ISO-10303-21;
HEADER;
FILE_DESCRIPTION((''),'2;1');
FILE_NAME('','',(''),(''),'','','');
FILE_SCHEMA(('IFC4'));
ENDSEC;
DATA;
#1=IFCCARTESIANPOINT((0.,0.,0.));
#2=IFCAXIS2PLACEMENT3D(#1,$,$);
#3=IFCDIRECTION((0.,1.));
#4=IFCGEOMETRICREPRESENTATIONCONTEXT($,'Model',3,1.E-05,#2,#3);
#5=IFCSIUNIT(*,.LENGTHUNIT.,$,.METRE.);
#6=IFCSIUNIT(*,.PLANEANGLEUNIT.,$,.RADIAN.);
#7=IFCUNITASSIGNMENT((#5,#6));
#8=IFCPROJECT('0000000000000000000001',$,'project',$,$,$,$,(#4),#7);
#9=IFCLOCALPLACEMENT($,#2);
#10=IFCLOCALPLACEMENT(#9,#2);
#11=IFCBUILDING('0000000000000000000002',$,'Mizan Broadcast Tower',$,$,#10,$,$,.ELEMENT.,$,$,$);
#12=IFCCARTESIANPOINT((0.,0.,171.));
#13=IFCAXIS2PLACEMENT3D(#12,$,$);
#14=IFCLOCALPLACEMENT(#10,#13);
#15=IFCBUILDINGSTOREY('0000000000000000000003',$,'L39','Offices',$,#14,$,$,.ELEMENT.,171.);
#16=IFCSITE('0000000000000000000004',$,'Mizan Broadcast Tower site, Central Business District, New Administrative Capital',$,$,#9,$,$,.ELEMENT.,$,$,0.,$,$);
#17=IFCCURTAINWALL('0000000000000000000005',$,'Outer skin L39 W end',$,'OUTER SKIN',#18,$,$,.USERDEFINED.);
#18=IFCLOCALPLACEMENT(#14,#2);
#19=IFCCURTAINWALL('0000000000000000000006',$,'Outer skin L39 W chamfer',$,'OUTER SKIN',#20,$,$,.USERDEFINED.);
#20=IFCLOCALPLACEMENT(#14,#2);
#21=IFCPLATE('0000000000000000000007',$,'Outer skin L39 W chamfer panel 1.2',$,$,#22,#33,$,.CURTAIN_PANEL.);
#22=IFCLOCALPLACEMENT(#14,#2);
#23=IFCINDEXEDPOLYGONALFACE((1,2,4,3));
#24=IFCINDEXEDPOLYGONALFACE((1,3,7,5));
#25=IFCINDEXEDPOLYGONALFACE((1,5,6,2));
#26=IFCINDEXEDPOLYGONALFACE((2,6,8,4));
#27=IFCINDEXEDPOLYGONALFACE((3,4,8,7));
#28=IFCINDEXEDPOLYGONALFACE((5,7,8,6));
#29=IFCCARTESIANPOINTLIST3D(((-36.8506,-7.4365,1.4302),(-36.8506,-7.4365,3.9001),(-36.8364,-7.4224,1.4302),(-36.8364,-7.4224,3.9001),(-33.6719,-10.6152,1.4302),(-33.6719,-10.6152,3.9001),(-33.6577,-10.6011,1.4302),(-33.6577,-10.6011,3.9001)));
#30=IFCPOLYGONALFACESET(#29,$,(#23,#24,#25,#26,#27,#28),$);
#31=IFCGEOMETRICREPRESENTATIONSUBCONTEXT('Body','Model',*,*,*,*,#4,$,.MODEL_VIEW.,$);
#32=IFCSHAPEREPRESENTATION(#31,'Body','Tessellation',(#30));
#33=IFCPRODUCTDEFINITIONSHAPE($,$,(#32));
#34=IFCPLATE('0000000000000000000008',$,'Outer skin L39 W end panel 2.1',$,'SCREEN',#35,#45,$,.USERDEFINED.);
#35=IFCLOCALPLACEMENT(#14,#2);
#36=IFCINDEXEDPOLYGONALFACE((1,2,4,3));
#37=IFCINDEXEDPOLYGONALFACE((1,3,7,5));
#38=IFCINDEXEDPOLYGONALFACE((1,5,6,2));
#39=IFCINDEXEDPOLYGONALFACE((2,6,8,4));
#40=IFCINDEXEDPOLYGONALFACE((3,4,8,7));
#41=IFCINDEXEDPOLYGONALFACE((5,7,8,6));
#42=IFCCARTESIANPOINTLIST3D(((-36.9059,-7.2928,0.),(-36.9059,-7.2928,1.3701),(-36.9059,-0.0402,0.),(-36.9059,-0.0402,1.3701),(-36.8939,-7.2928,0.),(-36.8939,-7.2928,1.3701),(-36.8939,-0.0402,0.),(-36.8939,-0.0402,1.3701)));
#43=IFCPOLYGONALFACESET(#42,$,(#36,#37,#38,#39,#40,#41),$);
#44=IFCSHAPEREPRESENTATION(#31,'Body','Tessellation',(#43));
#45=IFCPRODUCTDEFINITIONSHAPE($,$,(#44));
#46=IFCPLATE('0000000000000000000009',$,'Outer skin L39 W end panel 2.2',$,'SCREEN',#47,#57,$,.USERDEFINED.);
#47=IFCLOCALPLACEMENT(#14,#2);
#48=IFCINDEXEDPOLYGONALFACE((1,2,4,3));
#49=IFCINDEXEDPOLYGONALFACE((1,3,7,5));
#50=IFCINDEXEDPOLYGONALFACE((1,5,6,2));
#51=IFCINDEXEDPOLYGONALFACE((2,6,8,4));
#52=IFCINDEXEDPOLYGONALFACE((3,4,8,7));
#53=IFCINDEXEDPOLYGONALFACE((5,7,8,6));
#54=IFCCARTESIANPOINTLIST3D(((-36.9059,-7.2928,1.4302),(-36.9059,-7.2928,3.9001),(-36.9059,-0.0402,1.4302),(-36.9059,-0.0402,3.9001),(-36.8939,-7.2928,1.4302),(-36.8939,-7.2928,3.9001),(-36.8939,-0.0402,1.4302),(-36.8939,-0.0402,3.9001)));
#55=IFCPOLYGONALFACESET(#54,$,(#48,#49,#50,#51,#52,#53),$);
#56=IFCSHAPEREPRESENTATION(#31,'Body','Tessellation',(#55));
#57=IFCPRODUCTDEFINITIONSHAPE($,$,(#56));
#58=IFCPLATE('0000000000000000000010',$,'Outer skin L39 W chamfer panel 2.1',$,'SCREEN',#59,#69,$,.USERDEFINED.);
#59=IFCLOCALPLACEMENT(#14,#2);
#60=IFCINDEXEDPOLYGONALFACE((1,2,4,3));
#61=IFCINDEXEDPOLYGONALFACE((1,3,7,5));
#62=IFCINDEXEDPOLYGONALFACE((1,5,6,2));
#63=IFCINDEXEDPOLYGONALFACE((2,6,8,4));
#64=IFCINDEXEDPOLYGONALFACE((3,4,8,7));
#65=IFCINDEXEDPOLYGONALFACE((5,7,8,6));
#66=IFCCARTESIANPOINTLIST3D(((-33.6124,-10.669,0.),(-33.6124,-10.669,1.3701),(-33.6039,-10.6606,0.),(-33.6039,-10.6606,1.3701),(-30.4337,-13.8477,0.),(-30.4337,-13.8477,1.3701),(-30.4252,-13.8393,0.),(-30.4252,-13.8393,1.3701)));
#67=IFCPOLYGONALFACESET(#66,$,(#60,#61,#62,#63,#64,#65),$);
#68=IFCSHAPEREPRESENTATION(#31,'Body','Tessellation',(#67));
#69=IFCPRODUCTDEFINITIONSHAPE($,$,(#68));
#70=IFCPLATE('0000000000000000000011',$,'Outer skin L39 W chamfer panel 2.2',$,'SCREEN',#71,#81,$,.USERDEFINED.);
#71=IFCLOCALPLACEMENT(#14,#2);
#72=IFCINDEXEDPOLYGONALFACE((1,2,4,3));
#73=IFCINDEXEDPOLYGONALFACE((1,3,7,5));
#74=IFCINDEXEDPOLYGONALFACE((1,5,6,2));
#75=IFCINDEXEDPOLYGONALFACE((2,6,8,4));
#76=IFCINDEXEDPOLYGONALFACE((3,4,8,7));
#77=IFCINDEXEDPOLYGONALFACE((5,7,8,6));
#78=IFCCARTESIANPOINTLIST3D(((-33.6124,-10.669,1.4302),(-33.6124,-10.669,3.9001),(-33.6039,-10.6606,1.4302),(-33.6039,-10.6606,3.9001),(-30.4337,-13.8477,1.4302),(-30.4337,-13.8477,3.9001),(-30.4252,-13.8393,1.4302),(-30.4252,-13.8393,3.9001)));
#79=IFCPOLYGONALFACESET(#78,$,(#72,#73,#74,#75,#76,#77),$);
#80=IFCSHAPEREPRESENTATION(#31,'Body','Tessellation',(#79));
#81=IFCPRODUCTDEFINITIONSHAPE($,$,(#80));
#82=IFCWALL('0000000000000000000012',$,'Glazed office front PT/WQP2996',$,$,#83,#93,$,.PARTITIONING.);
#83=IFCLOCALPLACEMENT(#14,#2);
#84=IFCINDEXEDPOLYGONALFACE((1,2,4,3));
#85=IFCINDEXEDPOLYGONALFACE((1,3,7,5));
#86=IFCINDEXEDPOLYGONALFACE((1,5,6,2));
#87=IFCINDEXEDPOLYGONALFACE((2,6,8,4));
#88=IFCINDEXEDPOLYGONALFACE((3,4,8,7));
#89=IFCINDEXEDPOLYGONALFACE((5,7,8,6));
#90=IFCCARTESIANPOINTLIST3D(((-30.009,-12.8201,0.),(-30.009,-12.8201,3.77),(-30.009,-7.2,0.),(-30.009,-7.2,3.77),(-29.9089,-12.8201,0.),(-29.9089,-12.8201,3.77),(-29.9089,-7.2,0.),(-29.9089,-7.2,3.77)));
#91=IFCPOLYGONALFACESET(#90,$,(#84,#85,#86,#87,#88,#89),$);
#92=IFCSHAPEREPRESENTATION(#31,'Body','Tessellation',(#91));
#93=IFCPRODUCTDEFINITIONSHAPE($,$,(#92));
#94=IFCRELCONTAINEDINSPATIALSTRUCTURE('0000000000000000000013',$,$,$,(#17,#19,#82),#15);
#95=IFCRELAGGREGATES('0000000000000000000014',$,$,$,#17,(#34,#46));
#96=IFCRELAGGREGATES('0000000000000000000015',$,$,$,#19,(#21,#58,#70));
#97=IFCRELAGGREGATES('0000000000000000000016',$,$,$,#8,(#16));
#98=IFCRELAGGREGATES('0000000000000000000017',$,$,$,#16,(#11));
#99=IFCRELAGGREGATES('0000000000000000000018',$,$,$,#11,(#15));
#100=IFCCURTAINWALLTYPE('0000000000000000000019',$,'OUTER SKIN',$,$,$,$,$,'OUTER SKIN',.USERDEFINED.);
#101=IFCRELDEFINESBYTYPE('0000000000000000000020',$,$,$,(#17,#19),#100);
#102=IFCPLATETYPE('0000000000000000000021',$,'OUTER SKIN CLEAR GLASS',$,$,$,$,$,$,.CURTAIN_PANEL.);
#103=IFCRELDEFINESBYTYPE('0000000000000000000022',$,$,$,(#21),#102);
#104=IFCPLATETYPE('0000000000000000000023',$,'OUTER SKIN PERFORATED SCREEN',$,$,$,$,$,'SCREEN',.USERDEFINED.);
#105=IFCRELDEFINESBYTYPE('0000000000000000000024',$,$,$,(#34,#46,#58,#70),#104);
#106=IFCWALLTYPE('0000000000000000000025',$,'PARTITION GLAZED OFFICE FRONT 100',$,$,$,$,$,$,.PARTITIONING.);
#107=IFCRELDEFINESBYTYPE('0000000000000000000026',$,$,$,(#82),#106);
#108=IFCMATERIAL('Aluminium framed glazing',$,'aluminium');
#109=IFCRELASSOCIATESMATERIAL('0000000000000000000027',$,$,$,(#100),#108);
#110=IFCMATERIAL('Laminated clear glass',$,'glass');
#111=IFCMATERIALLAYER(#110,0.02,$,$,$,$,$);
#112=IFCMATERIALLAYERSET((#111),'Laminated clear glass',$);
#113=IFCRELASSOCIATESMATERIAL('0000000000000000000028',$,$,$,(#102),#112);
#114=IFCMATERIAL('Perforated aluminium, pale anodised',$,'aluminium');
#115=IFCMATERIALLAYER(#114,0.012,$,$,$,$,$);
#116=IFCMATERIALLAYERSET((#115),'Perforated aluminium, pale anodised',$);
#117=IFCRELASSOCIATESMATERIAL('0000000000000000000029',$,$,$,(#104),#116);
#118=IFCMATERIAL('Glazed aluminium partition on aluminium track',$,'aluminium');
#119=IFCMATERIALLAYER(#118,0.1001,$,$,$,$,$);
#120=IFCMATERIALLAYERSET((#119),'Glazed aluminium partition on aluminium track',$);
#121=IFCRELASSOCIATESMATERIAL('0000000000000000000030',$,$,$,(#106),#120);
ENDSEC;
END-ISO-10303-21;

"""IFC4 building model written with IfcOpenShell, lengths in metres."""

from ifc_helpers import new_model, si_unit, direction, frame, frame_2d, origin, origin_2d, place, context, subcontext, project, spatial, rectangle, extrude, material, layer, layer_set, type_object, element, aggregate, save


model = new_model("IFC4")

# Units and contexts
model_context = context("Model", 3, precision=1e-05, world=origin(), true_north=direction((0.0, 1.0)))
body_context = subcontext(model_context, "Body", "Model", "MODEL_VIEW")
ifc_project = project(units=[si_unit("LENGTHUNIT", "METRE"), si_unit("PLANEANGLEUNIT", "RADIAN")], contexts=[model_context])

# Site, building, storey
site_placement = place(None, origin())
site = spatial("IfcSite", under=ifc_project, at=site_placement, Name="Mizan Broadcast Tower site, Central Business District, New Administrative Capital", CompositionType="ELEMENT", RefElevation=0.0)
building_placement = place(site_placement, origin())
building = spatial("IfcBuilding", under=site, at=building_placement, Name="Mizan Broadcast Tower", CompositionType="ELEMENT")
storey_placement = place(building_placement, frame((0.0, 0.0, 171.0)))
storey = spatial("IfcBuildingStorey", under=building, at=storey_placement, Name="L39", Description="Offices", CompositionType="ELEMENT", Elevation=171.0)

# Curtain walls
ifc_material_1 = material(Name="Aluminium framed glazing", Category="aluminium")
curtain_wall_type_1 = type_object("IfcCurtainWallType", Name="OUTER SKIN", ElementType="OUTER SKIN", PredefinedType="USERDEFINED", material=ifc_material_1)
curtain_wall_1_placement = place(storey_placement, origin())
curtain_wall_1 = element("IfcCurtainWall", 1, at=curtain_wall_1_placement, inside=storey, type_object=curtain_wall_type_1, Name="Outer skin L39 W end", ObjectType="OUTER SKIN", PredefinedType="USERDEFINED")
curtain_wall_2_placement = place(storey_placement, origin())
curtain_wall_2 = element("IfcCurtainWall", 2, at=curtain_wall_2_placement, inside=storey, type_object=curtain_wall_type_1, Name="Outer skin L39 W chamfer", ObjectType="OUTER SKIN", PredefinedType="USERDEFINED")

# Plates
ifc_material_2 = material(Name="Laminated clear glass", Category="glass")
ifc_layer_1 = layer(ifc_material_2, 0.02)
ifc_layer_set_1 = layer_set([ifc_layer_1], Name="Laminated clear glass")
plate_type_1 = type_object("IfcPlateType", Name="OUTER SKIN CLEAR GLASS", PredefinedType="CURTAIN_PANEL", material=ifc_layer_set_1)
plate_1_placement = place(storey_placement, frame((-35.2542, -9.0188, 1.4302), z_axis=(0.0, 0.0, 1.0), x_axis=(0.707107, -0.707107, 0.0)))
plate_1 = element("IfcPlate", 3, at=plate_1_placement, type_object=plate_type_1, Name="Outer skin L39 W chamfer panel 1.2", PredefinedType="CURTAIN_PANEL", context=body_context, shape_type="SweptSolid", body=[
    extrude(rectangle(XDim=4.4954, YDim=0.02, at=origin_2d()), origin(), (0.0, 0.0, 1.0), 2.47),
])
ifc_material_3 = material(Name="Perforated aluminium, pale anodised", Category="aluminium")
ifc_layer_2 = layer(ifc_material_3, 0.012)
ifc_layer_set_2 = layer_set([ifc_layer_2], Name="Perforated aluminium, pale anodised")
plate_type_2 = type_object("IfcPlateType", Name="OUTER SKIN PERFORATED SCREEN", ElementType="SCREEN", PredefinedType="USERDEFINED", material=ifc_layer_set_2)
plate_2_placement = place(storey_placement, frame((-36.8999, -3.6665, 0.0), z_axis=(0.0, 0.0, 1.0), x_axis=(0.0, -1.0, 0.0)))
plate_2 = element("IfcPlate", 4, at=plate_2_placement, type_object=plate_type_2, Name="Outer skin L39 W end panel 2.1", ObjectType="SCREEN", PredefinedType="USERDEFINED", context=body_context, shape_type="SweptSolid", body=[
    extrude(rectangle(XDim=7.2527, YDim=0.012, at=origin_2d()), origin(), (0.0, 0.0, 1.0), 1.3701),
])
plate_3_placement = place(storey_placement, frame((-36.8999, -3.6665, 1.4302), z_axis=(0.0, 0.0, 1.0), x_axis=(0.0, -1.0, 0.0)))
plate_3 = element("IfcPlate", 5, at=plate_3_placement, type_object=plate_type_2, Name="Outer skin L39 W end panel 2.2", ObjectType="SCREEN", PredefinedType="USERDEFINED", context=body_context, shape_type="SweptSolid", body=[
    extrude(rectangle(XDim=7.2527, YDim=0.012, at=origin_2d()), origin(), (0.0, 0.0, 1.0), 2.47),
])
aggregate(curtain_wall_1, [plate_2, plate_3])
plate_4_placement = place(storey_placement, frame((-32.0188, -12.2542, 0.0), z_axis=(0.0, 0.0, 1.0), x_axis=(0.707107, -0.707107, 0.0)))
plate_4 = element("IfcPlate", 6, at=plate_4_placement, type_object=plate_type_2, Name="Outer skin L39 W chamfer panel 2.1", ObjectType="SCREEN", PredefinedType="USERDEFINED", context=body_context, shape_type="SweptSolid", body=[
    extrude(rectangle(XDim=4.4954, YDim=0.012, at=origin_2d()), origin(), (0.0, 0.0, 1.0), 1.3701),
])
plate_5_placement = place(storey_placement, frame((-32.0188, -12.2542, 1.4302), z_axis=(0.0, 0.0, 1.0), x_axis=(0.707107, -0.707107, 0.0)))
plate_5 = element("IfcPlate", 7, at=plate_5_placement, type_object=plate_type_2, Name="Outer skin L39 W chamfer panel 2.2", ObjectType="SCREEN", PredefinedType="USERDEFINED", context=body_context, shape_type="SweptSolid", body=[
    extrude(rectangle(XDim=4.4954, YDim=0.012, at=origin_2d()), origin(), (0.0, 0.0, 1.0), 2.47),
])
aggregate(curtain_wall_2, [plate_1, plate_4, plate_5])

# Wall
ifc_material_4 = material(Name="Glazed aluminium partition on aluminium track", Category="aluminium")
ifc_layer_3 = layer(ifc_material_4, 0.1001)
ifc_layer_set_3 = layer_set([ifc_layer_3], Name="Glazed aluminium partition on aluminium track")
wall_type = type_object("IfcWallType", Name="PARTITION GLAZED OFFICE FRONT 100", PredefinedType="PARTITIONING", material=ifc_layer_set_3)
wall_placement = place(storey_placement, frame((-29.959, -7.2, 0.0), z_axis=(0.0, 0.0, 1.0), x_axis=(0.0, -1.0, 0.0)))
element("IfcWall", 8, at=wall_placement, inside=storey, type_object=wall_type, Name="Glazed office front PT/WQP2996", PredefinedType="PARTITIONING", context=body_context, shape_type="SweptSolid", body=[
    extrude(rectangle(XDim=5.6201, YDim=0.1001, at=frame_2d((2.8101, 0.0))), origin(), (0.0, 0.0, 1.0), 3.77),
])

save(model, "model.ifc")
